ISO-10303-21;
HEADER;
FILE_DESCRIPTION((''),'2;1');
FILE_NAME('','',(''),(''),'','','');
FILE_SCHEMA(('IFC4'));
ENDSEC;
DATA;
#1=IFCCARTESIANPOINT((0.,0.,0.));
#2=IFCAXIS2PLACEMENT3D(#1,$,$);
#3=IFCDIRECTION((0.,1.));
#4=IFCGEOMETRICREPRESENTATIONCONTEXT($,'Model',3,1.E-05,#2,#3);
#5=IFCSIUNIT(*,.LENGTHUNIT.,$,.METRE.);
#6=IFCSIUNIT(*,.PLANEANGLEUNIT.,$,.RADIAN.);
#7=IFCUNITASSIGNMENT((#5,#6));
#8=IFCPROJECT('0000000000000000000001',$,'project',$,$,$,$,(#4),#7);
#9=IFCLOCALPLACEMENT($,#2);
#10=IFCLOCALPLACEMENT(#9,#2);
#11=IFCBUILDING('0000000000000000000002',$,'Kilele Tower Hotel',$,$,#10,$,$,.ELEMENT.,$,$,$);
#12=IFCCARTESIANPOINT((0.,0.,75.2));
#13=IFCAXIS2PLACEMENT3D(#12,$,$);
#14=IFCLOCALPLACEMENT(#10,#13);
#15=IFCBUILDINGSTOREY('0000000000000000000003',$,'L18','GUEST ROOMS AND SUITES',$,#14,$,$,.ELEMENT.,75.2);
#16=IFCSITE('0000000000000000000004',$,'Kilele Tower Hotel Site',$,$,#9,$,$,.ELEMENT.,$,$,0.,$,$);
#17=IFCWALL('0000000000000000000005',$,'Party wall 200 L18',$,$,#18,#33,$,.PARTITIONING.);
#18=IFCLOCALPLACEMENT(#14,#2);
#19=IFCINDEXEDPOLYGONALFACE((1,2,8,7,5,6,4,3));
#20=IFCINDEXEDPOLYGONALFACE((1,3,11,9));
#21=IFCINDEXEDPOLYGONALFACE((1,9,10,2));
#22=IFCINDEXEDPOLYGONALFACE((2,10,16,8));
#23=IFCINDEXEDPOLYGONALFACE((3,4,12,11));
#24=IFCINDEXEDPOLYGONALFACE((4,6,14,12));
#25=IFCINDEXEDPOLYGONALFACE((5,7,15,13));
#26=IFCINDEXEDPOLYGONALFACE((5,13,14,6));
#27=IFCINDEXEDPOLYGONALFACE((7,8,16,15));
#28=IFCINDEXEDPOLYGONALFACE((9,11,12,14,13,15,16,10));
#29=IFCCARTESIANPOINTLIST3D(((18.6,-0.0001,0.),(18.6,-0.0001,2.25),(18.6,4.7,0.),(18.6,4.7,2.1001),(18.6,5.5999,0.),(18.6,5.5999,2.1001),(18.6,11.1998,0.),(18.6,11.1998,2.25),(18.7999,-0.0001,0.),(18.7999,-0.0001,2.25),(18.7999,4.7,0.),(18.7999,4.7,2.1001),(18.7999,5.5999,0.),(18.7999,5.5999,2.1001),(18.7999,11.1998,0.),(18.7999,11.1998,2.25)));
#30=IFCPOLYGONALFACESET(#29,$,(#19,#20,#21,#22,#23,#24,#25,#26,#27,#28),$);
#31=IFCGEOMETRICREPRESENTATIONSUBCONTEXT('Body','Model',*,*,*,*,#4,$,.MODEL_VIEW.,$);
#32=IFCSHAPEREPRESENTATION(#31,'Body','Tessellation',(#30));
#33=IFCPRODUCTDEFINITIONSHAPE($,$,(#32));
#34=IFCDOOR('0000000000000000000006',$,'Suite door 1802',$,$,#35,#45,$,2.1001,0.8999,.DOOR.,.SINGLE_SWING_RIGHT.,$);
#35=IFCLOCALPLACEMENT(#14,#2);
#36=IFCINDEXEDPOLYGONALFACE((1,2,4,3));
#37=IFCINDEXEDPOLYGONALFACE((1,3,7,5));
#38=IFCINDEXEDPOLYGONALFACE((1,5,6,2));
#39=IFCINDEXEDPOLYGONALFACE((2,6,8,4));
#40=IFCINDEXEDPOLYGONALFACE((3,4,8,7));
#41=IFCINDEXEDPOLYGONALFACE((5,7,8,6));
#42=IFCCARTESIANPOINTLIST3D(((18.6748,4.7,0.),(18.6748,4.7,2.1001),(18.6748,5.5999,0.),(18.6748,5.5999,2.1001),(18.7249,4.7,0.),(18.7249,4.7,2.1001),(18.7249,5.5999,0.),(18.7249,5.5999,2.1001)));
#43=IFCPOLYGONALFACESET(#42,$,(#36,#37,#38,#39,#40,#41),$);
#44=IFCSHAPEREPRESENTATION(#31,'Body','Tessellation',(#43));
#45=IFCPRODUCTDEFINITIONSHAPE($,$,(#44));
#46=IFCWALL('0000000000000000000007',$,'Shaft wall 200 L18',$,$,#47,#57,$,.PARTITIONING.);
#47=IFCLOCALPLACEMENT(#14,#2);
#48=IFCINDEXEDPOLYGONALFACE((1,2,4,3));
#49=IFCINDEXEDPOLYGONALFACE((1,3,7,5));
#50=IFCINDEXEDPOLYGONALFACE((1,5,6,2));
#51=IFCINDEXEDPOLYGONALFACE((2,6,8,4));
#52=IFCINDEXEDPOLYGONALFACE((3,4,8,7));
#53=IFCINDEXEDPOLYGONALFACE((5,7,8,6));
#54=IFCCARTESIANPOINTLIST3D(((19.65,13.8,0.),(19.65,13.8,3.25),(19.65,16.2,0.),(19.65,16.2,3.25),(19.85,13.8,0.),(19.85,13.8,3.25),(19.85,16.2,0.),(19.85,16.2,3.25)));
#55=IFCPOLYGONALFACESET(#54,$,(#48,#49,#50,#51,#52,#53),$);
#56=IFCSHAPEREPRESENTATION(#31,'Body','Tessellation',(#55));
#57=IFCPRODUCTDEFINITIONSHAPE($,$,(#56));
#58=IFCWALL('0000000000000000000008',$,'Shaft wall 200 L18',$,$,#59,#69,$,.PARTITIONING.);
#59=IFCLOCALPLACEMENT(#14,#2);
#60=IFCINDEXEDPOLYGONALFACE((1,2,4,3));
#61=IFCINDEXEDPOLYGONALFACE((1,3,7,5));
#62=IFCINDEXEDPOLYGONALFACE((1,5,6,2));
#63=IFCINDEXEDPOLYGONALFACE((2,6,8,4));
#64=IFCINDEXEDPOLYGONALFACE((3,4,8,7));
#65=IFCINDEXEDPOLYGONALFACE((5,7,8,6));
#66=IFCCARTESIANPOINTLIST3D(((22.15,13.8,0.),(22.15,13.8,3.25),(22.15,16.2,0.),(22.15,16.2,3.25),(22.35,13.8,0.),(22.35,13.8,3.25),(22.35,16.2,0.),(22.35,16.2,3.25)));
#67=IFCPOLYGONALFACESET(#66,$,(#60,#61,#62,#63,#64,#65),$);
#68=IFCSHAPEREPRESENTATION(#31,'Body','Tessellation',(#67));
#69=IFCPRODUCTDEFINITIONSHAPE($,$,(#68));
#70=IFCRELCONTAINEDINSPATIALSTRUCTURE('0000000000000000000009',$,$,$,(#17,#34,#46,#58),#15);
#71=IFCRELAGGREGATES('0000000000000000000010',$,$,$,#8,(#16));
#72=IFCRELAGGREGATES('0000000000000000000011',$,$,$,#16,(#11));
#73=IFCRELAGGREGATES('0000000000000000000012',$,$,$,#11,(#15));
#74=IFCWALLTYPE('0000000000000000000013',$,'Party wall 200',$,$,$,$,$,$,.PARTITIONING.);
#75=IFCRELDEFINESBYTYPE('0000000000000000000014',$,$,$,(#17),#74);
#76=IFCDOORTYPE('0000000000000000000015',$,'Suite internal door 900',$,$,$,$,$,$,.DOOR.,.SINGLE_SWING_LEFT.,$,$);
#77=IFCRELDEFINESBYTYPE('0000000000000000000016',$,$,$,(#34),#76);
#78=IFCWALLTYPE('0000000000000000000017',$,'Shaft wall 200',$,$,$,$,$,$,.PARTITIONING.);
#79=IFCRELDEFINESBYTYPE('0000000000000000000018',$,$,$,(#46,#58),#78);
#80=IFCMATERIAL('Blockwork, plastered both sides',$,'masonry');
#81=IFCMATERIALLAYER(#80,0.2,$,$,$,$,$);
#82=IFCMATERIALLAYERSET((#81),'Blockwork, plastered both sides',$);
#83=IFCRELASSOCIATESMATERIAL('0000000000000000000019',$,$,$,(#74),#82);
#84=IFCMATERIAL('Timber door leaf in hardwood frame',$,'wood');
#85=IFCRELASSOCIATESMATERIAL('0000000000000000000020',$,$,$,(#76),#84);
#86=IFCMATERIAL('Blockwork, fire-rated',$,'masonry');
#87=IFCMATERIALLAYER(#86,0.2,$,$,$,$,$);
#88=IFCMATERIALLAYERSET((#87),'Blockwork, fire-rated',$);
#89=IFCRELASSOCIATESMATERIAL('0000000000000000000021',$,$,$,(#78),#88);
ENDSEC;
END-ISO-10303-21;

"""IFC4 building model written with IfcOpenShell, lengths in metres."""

from ifc_helpers import new_model, si_unit, direction, frame, frame_2d, origin, place, context, subcontext, project, spatial, rectangle, extrude, material, layer, layer_set, type_object, element, fill, save


model = new_model("IFC4")

# Units and contexts
model_context = context("Model", 3, precision=1e-05, world=origin(), true_north=direction((0.0, 1.0)))
body_context = subcontext(model_context, "Body", "Model", "MODEL_VIEW")
ifc_project = project(units=[si_unit("LENGTHUNIT", "METRE"), si_unit("PLANEANGLEUNIT", "RADIAN")], contexts=[model_context])

# Site, building, storey
site_placement = place(None, origin())
site = spatial("IfcSite", under=ifc_project, at=site_placement, Name="Kilele Tower Hotel Site", CompositionType="ELEMENT", RefElevation=0.0)
building_placement = place(site_placement, origin())
building = spatial("IfcBuilding", under=site, at=building_placement, Name="Kilele Tower Hotel", CompositionType="ELEMENT")
storey_placement = place(building_placement, frame((0.0, 0.0, 75.2)))
storey = spatial("IfcBuildingStorey", under=building, at=storey_placement, Name="L18", Description="GUEST ROOMS AND SUITES", CompositionType="ELEMENT", Elevation=75.2)

# Wall, opening, door
ifc_material_1 = material(Name="Blockwork, plastered both sides", Category="masonry")
ifc_layer_1 = layer(ifc_material_1, 0.2)
ifc_layer_set_1 = layer_set([ifc_layer_1], Name="Blockwork, plastered both sides")
wall_type_1 = type_object("IfcWallType", Name="Party wall 200", PredefinedType="PARTITIONING", material=ifc_layer_set_1)
wall_1_placement = place(storey_placement, frame((18.7, 11.2, 0.0), z_axis=(0.0, 0.0, 1.0), x_axis=(0.0, -1.0, 0.0)))
wall_1 = element("IfcWall", 1, at=wall_1_placement, inside=storey, type_object=wall_type_1, Name="Party wall 200 L18", PredefinedType="PARTITIONING", context=body_context, shape_type="SweptSolid", body=[
    extrude(rectangle(XDim=11.2, YDim=0.2, at=frame_2d((5.6001, 0.0))), origin(), (0.0, 0.0, 1.0), 2.25),
])
opening_1_placement = place(wall_1_placement, frame((5.6001, 0.0, 0.0)))
opening_1 = element("IfcOpeningElement", 2, at=opening_1_placement, cuts=wall_1, PredefinedType="OPENING", context=body_context, shape_type="SweptSolid", body=[
    extrude(rectangle(XDim=0.8999, YDim=2.1001, at=frame_2d((0.45, 1.05))), frame((0.0, 0.1099, 0.0), z_axis=(0.0, -1.0, 0.0), x_axis=(1.0, 0.0, 0.0)), (0.0, 0.0, 1.0), 0.22),
])
ifc_material_2 = material(Name="Timber door leaf in hardwood frame", Category="wood")
door_type_1 = type_object("IfcDoorType", Name="Suite internal door 900", OperationType="SINGLE_SWING_LEFT", PredefinedType="DOOR", material=ifc_material_2)
door_1_placement = place(opening_1_placement, origin())
door_1 = element("IfcDoor", 3, at=door_1_placement, inside=storey, type_object=door_type_1, Name="Suite door 1802", OperationType="SINGLE_SWING_RIGHT", OverallHeight=2.1001, OverallWidth=0.8999, PredefinedType="DOOR", context=body_context, shape_type="SweptSolid", body=[
    extrude(rectangle(XDim=0.8999, YDim=2.1001, at=frame_2d((0.45, 1.05))), frame((0.0, 0.0249, 0.0), z_axis=(0.0, -1.0, 0.0), x_axis=(1.0, 0.0, 0.0)), (0.0, 0.0, 1.0), 0.05),
])
fill(opening_1, door_1)

# Walls
ifc_material_3 = material(Name="Blockwork, fire-rated", Category="masonry")
ifc_layer_2 = layer(ifc_material_3, 0.2)
ifc_layer_set_2 = layer_set([ifc_layer_2], Name="Blockwork, fire-rated")
wall_type_2 = type_object("IfcWallType", Name="Shaft wall 200", PredefinedType="PARTITIONING", material=ifc_layer_set_2)
for number, where, z_axis, x_axis, name in (
    (4, (19.75, 13.8, 0.0), (0.0, 0.0, 1.0), (0.0, 1.0, 0.0), "Shaft wall 200 L18"),
    (5, (22.25, 13.8, 0.0), (0.0, 0.0, 1.0), (0.0, 1.0, 0.0), "Shaft wall 200 L18"),
):
    element("IfcWall", number, at=place(storey_placement, frame(where, z_axis=z_axis, x_axis=x_axis)), inside=storey, type_object=wall_type_2, Name=name, PredefinedType="PARTITIONING", context=body_context, shape_type="SweptSolid", body=[
        extrude(rectangle(XDim=2.3999, YDim=0.2, at=frame_2d((1.2, 0.0))), origin(), (0.0, 0.0, 1.0), 3.25),
    ])

save(model, "model.ifc")
